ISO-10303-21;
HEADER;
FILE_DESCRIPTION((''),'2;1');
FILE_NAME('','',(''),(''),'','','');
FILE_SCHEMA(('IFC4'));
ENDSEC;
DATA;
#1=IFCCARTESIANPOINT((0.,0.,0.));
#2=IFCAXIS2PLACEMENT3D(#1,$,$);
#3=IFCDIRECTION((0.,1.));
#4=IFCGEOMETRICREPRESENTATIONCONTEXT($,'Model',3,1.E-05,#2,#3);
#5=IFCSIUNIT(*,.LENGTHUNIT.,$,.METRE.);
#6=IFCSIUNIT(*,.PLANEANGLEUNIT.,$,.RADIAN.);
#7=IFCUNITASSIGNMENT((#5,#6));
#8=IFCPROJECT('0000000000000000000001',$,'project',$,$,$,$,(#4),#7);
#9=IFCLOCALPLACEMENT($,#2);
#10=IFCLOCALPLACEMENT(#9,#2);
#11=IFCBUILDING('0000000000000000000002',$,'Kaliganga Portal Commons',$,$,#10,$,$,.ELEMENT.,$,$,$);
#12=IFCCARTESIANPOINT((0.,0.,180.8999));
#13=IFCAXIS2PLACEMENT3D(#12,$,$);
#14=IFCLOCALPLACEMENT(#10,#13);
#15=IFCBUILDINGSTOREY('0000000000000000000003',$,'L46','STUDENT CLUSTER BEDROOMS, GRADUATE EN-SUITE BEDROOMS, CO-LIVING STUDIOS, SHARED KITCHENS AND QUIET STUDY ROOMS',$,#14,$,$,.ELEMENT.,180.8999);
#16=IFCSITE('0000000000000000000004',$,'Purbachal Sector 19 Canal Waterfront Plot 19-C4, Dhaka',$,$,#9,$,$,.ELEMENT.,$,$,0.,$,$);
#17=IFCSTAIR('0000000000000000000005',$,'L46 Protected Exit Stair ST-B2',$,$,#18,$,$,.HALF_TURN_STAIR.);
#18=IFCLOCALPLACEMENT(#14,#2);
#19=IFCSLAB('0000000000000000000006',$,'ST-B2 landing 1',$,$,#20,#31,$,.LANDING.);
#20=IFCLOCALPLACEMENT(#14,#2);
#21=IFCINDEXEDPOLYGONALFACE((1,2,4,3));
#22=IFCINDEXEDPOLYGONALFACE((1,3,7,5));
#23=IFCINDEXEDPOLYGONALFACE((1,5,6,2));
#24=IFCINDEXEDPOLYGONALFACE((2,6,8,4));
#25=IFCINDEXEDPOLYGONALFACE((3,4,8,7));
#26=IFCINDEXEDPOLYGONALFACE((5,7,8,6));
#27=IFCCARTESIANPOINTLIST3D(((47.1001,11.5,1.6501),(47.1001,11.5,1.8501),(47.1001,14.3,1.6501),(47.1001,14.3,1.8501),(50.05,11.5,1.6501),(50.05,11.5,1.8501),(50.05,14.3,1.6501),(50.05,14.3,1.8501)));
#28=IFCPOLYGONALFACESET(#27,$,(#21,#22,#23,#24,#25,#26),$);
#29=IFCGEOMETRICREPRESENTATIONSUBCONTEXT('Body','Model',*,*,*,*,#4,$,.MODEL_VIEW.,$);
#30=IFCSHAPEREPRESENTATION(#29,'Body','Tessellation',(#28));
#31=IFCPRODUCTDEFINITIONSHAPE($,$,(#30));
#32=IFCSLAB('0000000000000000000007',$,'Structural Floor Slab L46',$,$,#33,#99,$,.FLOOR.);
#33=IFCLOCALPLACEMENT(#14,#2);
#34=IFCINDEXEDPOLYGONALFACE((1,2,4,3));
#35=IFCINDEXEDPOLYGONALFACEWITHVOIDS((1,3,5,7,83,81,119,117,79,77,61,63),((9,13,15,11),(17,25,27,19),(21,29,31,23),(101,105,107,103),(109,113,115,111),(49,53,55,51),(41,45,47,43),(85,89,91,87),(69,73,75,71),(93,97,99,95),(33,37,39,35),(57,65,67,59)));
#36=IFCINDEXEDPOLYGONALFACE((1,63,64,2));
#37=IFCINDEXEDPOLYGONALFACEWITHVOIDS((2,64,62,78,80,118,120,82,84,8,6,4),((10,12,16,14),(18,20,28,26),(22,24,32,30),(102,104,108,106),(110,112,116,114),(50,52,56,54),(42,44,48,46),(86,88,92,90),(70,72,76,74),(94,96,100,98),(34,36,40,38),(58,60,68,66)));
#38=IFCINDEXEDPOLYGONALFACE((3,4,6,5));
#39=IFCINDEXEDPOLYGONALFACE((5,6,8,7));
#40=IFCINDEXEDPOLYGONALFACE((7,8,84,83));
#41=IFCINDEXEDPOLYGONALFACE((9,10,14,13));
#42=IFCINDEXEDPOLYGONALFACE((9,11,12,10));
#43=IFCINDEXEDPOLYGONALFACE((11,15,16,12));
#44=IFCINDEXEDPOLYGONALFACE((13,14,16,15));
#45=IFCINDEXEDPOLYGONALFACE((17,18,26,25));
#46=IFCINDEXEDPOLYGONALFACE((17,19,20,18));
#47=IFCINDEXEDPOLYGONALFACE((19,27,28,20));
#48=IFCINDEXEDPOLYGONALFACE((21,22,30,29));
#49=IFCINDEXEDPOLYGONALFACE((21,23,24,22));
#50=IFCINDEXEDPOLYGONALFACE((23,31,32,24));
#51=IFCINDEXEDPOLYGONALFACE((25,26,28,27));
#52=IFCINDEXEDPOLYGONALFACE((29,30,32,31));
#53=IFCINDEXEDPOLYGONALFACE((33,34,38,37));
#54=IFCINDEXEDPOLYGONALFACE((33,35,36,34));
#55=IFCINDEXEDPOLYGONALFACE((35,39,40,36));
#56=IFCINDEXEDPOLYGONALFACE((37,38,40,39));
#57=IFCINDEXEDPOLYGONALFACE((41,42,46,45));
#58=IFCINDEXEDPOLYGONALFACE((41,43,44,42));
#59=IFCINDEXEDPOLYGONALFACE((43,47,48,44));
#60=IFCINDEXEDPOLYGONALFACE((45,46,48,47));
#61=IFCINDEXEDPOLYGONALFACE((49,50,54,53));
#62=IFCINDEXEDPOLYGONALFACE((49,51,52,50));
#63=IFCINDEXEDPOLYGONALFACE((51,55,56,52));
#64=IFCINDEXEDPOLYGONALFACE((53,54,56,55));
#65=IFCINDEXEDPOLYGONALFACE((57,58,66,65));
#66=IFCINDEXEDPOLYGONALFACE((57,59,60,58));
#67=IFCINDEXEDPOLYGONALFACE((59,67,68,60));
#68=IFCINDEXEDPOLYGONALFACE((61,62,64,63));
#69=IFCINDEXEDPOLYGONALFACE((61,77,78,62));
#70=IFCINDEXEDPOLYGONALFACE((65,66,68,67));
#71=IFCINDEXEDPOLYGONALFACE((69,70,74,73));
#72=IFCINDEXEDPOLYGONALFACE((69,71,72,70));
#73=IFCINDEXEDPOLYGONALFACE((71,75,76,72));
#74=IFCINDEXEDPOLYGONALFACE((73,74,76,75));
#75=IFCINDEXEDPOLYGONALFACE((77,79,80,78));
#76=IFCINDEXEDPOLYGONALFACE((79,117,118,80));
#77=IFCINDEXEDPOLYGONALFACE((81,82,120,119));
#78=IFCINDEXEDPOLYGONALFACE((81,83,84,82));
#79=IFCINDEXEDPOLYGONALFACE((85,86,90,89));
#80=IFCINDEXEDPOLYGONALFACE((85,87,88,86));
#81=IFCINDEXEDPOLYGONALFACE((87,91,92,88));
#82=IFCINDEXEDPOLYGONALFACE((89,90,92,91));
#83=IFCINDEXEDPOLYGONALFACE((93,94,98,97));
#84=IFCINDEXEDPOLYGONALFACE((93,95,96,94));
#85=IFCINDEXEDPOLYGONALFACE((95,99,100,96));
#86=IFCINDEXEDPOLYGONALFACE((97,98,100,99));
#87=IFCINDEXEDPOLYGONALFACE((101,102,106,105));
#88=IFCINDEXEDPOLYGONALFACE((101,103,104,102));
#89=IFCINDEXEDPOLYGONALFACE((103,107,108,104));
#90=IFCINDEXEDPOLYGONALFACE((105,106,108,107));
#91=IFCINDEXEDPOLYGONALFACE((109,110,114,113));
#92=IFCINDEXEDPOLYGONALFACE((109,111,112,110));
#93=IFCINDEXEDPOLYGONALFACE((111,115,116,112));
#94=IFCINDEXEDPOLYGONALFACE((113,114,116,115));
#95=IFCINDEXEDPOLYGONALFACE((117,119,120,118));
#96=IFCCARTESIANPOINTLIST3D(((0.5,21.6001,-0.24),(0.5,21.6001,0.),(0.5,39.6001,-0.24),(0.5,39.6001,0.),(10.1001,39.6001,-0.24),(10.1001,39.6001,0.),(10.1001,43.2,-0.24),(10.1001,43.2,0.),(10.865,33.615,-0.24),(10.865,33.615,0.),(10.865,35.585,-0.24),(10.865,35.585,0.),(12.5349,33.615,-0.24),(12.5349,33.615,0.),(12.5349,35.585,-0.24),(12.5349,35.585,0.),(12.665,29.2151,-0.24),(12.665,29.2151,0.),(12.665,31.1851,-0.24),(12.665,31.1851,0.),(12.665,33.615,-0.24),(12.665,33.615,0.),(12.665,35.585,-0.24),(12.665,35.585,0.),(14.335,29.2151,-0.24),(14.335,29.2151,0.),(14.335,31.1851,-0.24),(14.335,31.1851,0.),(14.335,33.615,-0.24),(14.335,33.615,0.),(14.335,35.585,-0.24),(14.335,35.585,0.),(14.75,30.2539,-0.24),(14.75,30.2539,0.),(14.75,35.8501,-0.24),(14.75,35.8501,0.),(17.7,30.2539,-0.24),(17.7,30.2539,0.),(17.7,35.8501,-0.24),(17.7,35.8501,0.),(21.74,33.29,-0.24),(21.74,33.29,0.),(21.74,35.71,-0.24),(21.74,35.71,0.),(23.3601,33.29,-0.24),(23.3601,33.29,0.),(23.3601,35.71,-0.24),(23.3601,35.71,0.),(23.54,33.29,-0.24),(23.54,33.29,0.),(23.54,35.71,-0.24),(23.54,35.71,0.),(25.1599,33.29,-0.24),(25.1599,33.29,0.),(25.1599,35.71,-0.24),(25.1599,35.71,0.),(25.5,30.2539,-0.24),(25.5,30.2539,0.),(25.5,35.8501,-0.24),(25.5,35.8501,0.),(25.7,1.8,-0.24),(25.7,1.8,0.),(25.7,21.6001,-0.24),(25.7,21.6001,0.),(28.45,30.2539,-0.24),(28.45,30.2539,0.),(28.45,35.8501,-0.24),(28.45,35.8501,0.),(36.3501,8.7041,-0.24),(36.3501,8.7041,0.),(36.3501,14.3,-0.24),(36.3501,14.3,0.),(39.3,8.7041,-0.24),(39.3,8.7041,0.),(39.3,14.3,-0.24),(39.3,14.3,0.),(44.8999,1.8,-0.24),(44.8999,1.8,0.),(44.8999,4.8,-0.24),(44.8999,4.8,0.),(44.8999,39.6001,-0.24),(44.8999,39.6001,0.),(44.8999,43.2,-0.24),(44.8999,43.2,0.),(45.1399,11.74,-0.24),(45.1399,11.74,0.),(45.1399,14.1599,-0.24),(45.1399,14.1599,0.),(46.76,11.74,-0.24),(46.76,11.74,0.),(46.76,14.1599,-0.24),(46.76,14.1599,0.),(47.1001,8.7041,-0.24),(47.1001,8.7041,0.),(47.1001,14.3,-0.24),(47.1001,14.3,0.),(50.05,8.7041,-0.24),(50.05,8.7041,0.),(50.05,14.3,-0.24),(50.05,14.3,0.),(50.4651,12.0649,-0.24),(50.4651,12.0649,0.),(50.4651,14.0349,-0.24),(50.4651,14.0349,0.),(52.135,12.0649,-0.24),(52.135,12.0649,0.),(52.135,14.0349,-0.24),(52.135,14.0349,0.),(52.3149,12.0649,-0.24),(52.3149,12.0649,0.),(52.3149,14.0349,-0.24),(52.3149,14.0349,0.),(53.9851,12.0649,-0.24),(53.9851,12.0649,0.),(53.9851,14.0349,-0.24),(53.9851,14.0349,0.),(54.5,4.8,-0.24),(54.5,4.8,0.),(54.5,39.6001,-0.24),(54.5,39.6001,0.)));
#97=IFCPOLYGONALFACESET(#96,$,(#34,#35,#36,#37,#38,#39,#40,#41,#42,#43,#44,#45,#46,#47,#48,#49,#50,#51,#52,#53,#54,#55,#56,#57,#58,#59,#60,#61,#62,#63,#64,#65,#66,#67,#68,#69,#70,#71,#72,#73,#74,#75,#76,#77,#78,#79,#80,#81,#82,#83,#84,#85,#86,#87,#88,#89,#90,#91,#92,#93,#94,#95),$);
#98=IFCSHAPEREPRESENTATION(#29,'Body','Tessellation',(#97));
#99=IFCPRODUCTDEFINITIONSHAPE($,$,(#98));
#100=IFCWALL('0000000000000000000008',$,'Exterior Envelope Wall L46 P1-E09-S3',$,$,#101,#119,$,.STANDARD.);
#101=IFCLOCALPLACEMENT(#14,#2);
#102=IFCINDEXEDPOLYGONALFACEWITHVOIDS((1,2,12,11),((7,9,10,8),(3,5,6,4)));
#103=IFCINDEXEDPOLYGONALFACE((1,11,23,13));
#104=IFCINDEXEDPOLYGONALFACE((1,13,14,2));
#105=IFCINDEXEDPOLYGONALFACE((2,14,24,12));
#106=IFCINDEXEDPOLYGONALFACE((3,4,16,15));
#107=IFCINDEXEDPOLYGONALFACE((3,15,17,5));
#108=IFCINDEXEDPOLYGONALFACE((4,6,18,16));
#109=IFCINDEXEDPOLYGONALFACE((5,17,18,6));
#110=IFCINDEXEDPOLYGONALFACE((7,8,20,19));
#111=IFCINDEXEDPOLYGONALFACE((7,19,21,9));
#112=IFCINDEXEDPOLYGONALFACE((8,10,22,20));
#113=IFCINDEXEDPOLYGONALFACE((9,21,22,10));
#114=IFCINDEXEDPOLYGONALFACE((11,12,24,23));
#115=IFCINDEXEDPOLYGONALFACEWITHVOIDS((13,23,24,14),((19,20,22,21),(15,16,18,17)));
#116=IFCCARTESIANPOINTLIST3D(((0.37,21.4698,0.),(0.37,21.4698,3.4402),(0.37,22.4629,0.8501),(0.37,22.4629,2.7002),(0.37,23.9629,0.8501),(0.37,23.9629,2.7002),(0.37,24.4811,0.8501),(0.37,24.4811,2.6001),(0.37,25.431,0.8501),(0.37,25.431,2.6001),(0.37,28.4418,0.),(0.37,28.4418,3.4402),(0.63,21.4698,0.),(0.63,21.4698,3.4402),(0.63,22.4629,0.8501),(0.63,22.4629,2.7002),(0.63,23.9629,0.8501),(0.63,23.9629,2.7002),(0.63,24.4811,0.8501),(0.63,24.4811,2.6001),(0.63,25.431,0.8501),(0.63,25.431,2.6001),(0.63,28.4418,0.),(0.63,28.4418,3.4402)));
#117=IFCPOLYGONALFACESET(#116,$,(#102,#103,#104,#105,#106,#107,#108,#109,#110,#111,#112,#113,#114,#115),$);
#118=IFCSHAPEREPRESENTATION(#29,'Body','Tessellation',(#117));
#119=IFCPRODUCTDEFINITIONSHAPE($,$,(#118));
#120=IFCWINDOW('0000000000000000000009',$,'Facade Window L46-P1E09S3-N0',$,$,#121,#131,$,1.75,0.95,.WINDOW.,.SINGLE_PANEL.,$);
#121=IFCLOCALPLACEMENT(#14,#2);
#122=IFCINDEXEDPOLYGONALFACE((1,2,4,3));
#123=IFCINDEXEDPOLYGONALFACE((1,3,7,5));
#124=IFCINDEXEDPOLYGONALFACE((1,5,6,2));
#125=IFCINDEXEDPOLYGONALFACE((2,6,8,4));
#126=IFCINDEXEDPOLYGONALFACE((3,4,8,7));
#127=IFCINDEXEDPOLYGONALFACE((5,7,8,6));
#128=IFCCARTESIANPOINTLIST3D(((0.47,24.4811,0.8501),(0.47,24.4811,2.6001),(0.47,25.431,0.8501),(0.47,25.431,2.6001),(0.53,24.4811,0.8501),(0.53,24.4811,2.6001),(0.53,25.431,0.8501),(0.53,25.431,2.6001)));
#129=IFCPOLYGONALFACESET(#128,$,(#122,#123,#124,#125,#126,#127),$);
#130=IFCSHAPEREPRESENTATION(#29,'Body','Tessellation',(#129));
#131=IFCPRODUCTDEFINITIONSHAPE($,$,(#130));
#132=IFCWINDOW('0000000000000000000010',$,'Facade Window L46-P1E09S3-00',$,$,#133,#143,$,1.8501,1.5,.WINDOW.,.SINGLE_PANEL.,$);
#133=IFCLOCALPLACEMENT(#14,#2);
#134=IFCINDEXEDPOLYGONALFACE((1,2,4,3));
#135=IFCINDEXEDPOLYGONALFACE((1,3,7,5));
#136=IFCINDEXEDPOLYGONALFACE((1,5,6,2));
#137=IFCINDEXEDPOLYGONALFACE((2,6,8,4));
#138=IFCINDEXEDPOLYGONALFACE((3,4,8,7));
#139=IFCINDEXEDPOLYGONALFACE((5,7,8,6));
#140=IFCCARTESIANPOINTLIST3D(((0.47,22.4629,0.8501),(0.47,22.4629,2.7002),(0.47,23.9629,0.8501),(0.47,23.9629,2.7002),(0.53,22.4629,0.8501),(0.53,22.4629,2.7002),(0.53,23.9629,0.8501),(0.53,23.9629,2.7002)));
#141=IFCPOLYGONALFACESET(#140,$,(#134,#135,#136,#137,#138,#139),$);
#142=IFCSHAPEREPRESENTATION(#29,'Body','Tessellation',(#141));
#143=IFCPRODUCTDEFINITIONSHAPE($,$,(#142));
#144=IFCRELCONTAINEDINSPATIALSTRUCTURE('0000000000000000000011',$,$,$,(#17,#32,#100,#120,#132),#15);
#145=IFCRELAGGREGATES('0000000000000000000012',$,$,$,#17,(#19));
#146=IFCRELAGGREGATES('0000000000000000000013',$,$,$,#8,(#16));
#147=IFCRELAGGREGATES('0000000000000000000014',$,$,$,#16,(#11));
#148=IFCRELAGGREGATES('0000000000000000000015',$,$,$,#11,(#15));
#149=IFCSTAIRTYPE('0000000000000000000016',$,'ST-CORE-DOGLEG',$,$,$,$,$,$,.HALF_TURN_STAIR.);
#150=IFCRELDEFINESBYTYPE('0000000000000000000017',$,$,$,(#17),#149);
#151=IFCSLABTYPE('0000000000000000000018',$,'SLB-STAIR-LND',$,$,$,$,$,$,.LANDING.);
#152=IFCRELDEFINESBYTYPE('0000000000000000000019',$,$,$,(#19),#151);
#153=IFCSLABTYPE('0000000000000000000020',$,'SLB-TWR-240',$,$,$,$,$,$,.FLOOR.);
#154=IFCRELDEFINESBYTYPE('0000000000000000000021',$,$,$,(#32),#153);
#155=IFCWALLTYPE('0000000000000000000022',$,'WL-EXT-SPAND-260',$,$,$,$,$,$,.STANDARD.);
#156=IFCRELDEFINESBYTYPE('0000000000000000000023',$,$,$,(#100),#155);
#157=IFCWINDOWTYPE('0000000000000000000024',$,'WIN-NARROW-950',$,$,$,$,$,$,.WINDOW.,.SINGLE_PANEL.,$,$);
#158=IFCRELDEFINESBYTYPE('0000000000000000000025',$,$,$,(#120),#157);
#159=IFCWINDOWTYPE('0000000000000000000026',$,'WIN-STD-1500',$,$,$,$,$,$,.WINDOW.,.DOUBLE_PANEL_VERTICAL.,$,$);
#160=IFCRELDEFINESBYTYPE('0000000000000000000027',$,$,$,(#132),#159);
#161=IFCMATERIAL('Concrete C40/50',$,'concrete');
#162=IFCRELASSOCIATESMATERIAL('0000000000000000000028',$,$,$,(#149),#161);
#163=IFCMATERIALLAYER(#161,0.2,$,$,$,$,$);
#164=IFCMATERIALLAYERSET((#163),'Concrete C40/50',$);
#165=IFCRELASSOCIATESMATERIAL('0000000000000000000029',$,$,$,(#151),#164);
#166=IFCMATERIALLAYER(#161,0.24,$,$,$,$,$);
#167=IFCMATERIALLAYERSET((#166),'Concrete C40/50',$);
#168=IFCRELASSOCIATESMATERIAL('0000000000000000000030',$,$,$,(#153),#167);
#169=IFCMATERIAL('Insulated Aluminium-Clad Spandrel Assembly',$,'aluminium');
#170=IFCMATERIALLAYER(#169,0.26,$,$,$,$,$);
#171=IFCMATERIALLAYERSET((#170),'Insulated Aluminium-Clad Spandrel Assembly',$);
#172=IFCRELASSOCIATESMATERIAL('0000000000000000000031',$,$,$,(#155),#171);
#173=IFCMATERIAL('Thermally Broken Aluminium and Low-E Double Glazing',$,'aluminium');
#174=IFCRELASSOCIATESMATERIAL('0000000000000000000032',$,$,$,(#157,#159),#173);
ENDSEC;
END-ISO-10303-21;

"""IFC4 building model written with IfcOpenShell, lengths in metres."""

from ifc_helpers import new_model, si_unit, direction, frame, frame_2d, origin, place, context, subcontext, project, spatial, polyline, rectangle, outline, extrude, material, layer, layer_set, type_object, element, fill, aggregate, save


model = new_model("IFC4")

# Units and contexts
model_context = context("Model", 3, precision=1e-05, world=origin(), true_north=direction((0.0, 1.0)))
body_context = subcontext(model_context, "Body", "Model", "MODEL_VIEW")
ifc_project = project(units=[si_unit("LENGTHUNIT", "METRE"), si_unit("PLANEANGLEUNIT", "RADIAN")], contexts=[model_context])

# Site, building, storey
site_placement = place(None, origin())
site = spatial("IfcSite", under=ifc_project, at=site_placement, Name="Purbachal Sector 19 Canal Waterfront Plot 19-C4, Dhaka", CompositionType="ELEMENT", RefElevation=0.0)
building_placement = place(site_placement, origin())
building = spatial("IfcBuilding", under=site, at=building_placement, Name="Kaliganga Portal Commons", CompositionType="ELEMENT")
storey_placement = place(building_placement, frame((0.0, 0.0, 180.8999)))
storey = spatial("IfcBuildingStorey", under=building, at=storey_placement, Name="L46", Description="STUDENT CLUSTER BEDROOMS, GRADUATE EN-SUITE BEDROOMS, CO-LIVING STUDIOS, SHARED KITCHENS AND QUIET STUDY ROOMS", CompositionType="ELEMENT", Elevation=180.8999)

# Shared definitions
ifc_material_1 = material(Name="Concrete C40/50", Category="concrete")

# Stair, slab
stair_type = type_object("IfcStairType", Name="ST-CORE-DOGLEG", PredefinedType="HALF_TURN_STAIR", material=ifc_material_1)
ifc_layer_1 = layer(ifc_material_1, 0.2)
ifc_layer_set_1 = layer_set([ifc_layer_1], Name="Concrete C40/50")
slab_type_1 = type_object("IfcSlabType", Name="SLB-STAIR-LND", PredefinedType="LANDING", material=ifc_layer_set_1)
stair_1_placement = place(storey_placement, origin())
stair_1 = element("IfcStair", 1, at=stair_1_placement, inside=storey, type_object=stair_type, Name="L46 Protected Exit Stair ST-B2", PredefinedType="HALF_TURN_STAIR")
slab_1_placement = place(storey_placement, frame((0.0, 0.0, 1.6501)))
slab_1 = element("IfcSlab", 2, at=slab_1_placement, type_object=slab_type_1, Name="ST-B2 landing 1", PredefinedType="LANDING", context=body_context, shape_type="SweptSolid", body=[
    extrude(outline(polyline([(50.05, 11.5), (50.05, 14.3), (47.1001, 14.3), (47.1001, 11.5), (50.05, 11.5)])), origin(), (0.0, 0.0, 1.0), 0.2),
])
aggregate(stair_1, [slab_1])

# Slab
ifc_layer_2 = layer(ifc_material_1, 0.24)
ifc_layer_set_2 = layer_set([ifc_layer_2], Name="Concrete C40/50")
slab_type_2 = type_object("IfcSlabType", Name="SLB-TWR-240", PredefinedType="FLOOR", material=ifc_layer_set_2)
slab_2_placement = place(storey_placement, frame((0.0, 0.0, -0.24)))
element("IfcSlab", 3, at=slab_2_placement, inside=storey, type_object=slab_type_2, Name="Structural Floor Slab L46", PredefinedType="FLOOR", context=body_context, shape_type="SweptSolid", body=[
    extrude(outline(polyline([(25.7, 1.8), (44.8999, 1.8), (44.8999, 4.8), (54.5, 4.8), (54.5, 39.6001), (44.8999, 39.6001), (44.8999, 43.2), (10.1001, 43.2), (10.1001, 39.6001), (0.5, 39.6001), (0.5, 21.6001), (25.7, 21.6001), (25.7, 1.8)]), holes=[polyline([(14.75, 30.2539), (14.75, 35.8501), (17.7, 35.8501), (17.7, 30.2539), (14.75, 30.2539)]), polyline([(25.5, 30.2539), (25.5, 35.8501), (28.45, 35.8501), (28.45, 30.2539), (25.5, 30.2539)]), polyline([(36.3501, 8.7041), (36.3501, 14.3), (39.3, 14.3), (39.3, 8.7041), (36.3501, 8.7041)]), polyline([(47.1001, 8.7041), (47.1001, 14.3), (50.05, 14.3), (50.05, 8.7041), (47.1001, 8.7041)]), polyline([(12.665, 33.615), (12.665, 35.585), (14.335, 35.585), (14.335, 33.615), (12.665, 33.615)]), polyline([(12.665, 29.2151), (12.665, 31.1851), (14.335, 31.1851), (14.335, 29.2151), (12.665, 29.2151)]), polyline([(10.865, 33.615), (10.865, 35.585), (12.5349, 35.585), (12.5349, 33.615), (10.865, 33.615)]), polyline([(21.74, 33.29), (21.74, 35.71), (23.3601, 35.71), (23.3601, 33.29), (21.74, 33.29)]), polyline([(23.54, 33.29), (23.54, 35.71), (25.1599, 35.71), (25.1599, 33.29), (23.54, 33.29)]), polyline([(50.4651, 12.0649), (50.4651, 14.0349), (52.135, 14.0349), (52.135, 12.0649), (50.4651, 12.0649)]), polyline([(52.3149, 12.0649), (52.3149, 14.0349), (53.9851, 14.0349), (53.9851, 12.0649), (52.3149, 12.0649)]), polyline([(45.1399, 11.74), (45.1399, 14.1599), (46.76, 14.1599), (46.76, 11.74), (45.1399, 11.74)])]), origin(), (0.0, 0.0, 1.0), 0.24),
])

# Wall, openings, windows
ifc_material_2 = material(Name="Insulated Aluminium-Clad Spandrel Assembly", Category="aluminium")
ifc_layer_3 = layer(ifc_material_2, 0.26)
ifc_layer_set_3 = layer_set([ifc_layer_3], Name="Insulated Aluminium-Clad Spandrel Assembly")
wall_type_1 = type_object("IfcWallType", Name="WL-EXT-SPAND-260", PredefinedType="STANDARD", material=ifc_layer_set_3)
wall_1_placement = place(storey_placement, frame((0.5, 21.47, 0.0), z_axis=(0.0, 0.0, 1.0), x_axis=(0.0, 1.0, 0.0)))
wall_1 = element("IfcWall", 4, at=wall_1_placement, inside=storey, type_object=wall_type_1, Name="Exterior Envelope Wall L46 P1-E09-S3", PredefinedType="STANDARD", context=body_context, shape_type="SweptSolid", body=[
    extrude(rectangle(XDim=6.9719, YDim=0.26, at=frame_2d((3.4858, 0.0))), origin(), (0.0, 0.0, 1.0), 3.4402),
])
opening_1_placement = place(wall_1_placement, frame((0.9929, 0.0, 0.8501)))
opening_1 = element("IfcOpeningElement", 5, at=opening_1_placement, cuts=wall_1, PredefinedType="OPENING", context=body_context, shape_type="SweptSolid", body=[
    extrude(rectangle(XDim=1.5, YDim=1.8501, at=frame_2d((0.75, 0.925))), frame((0.0, 0.1401, 0.0), z_axis=(0.0, -1.0, 0.0), x_axis=(1.0, 0.0, 0.0)), (0.0, 0.0, 1.0), 0.28),
])
opening_2_placement = place(wall_1_placement, frame((3.011, 0.0, 0.8501)))
opening_2 = element("IfcOpeningElement", 6, at=opening_2_placement, cuts=wall_1, PredefinedType="OPENING", context=body_context, shape_type="SweptSolid", body=[
    extrude(rectangle(XDim=0.95, YDim=1.75, at=frame_2d((0.4751, 0.875))), frame((0.0, 0.1401, 0.0), z_axis=(0.0, -1.0, 0.0), x_axis=(1.0, 0.0, 0.0)), (0.0, 0.0, 1.0), 0.28),
])
ifc_material_3 = material(Name="Thermally Broken Aluminium and Low-E Double Glazing", Category="aluminium")
window_type_1 = type_object("IfcWindowType", Name="WIN-NARROW-950", PartitioningType="SINGLE_PANEL", PredefinedType="WINDOW", material=ifc_material_3)
window_1_placement = place(opening_2_placement, origin())
window_1 = element("IfcWindow", 7, at=window_1_placement, inside=storey, type_object=window_type_1, Name="Facade Window L46-P1E09S3-N0", OverallHeight=1.75, OverallWidth=0.95, PartitioningType="SINGLE_PANEL", PredefinedType="WINDOW", context=body_context, shape_type="SweptSolid", body=[
    extrude(rectangle(XDim=0.95, YDim=1.75, at=frame_2d((0.4751, 0.875))), frame((0.0, 0.03, 0.0), z_axis=(0.0, -1.0, 0.0), x_axis=(1.0, 0.0, 0.0)), (0.0, 0.0, 1.0), 0.0601),
])
fill(opening_2, window_1)
window_type_2 = type_object("IfcWindowType", Name="WIN-STD-1500", PartitioningType="DOUBLE_PANEL_VERTICAL", PredefinedType="WINDOW", material=ifc_material_3)
window_2_placement = place(opening_1_placement, origin())
window_2 = element("IfcWindow", 8, at=window_2_placement, inside=storey, type_object=window_type_2, Name="Facade Window L46-P1E09S3-00", OverallHeight=1.8501, OverallWidth=1.5, PartitioningType="SINGLE_PANEL", PredefinedType="WINDOW", context=body_context, shape_type="SweptSolid", body=[
    extrude(rectangle(XDim=1.5, YDim=1.8501, at=frame_2d((0.75, 0.925))), frame((0.0, 0.03, 0.0), z_axis=(0.0, -1.0, 0.0), x_axis=(1.0, 0.0, 0.0)), (0.0, 0.0, 1.0), 0.0601),
])
fill(opening_1, window_2)

save(model, "model.ifc")
